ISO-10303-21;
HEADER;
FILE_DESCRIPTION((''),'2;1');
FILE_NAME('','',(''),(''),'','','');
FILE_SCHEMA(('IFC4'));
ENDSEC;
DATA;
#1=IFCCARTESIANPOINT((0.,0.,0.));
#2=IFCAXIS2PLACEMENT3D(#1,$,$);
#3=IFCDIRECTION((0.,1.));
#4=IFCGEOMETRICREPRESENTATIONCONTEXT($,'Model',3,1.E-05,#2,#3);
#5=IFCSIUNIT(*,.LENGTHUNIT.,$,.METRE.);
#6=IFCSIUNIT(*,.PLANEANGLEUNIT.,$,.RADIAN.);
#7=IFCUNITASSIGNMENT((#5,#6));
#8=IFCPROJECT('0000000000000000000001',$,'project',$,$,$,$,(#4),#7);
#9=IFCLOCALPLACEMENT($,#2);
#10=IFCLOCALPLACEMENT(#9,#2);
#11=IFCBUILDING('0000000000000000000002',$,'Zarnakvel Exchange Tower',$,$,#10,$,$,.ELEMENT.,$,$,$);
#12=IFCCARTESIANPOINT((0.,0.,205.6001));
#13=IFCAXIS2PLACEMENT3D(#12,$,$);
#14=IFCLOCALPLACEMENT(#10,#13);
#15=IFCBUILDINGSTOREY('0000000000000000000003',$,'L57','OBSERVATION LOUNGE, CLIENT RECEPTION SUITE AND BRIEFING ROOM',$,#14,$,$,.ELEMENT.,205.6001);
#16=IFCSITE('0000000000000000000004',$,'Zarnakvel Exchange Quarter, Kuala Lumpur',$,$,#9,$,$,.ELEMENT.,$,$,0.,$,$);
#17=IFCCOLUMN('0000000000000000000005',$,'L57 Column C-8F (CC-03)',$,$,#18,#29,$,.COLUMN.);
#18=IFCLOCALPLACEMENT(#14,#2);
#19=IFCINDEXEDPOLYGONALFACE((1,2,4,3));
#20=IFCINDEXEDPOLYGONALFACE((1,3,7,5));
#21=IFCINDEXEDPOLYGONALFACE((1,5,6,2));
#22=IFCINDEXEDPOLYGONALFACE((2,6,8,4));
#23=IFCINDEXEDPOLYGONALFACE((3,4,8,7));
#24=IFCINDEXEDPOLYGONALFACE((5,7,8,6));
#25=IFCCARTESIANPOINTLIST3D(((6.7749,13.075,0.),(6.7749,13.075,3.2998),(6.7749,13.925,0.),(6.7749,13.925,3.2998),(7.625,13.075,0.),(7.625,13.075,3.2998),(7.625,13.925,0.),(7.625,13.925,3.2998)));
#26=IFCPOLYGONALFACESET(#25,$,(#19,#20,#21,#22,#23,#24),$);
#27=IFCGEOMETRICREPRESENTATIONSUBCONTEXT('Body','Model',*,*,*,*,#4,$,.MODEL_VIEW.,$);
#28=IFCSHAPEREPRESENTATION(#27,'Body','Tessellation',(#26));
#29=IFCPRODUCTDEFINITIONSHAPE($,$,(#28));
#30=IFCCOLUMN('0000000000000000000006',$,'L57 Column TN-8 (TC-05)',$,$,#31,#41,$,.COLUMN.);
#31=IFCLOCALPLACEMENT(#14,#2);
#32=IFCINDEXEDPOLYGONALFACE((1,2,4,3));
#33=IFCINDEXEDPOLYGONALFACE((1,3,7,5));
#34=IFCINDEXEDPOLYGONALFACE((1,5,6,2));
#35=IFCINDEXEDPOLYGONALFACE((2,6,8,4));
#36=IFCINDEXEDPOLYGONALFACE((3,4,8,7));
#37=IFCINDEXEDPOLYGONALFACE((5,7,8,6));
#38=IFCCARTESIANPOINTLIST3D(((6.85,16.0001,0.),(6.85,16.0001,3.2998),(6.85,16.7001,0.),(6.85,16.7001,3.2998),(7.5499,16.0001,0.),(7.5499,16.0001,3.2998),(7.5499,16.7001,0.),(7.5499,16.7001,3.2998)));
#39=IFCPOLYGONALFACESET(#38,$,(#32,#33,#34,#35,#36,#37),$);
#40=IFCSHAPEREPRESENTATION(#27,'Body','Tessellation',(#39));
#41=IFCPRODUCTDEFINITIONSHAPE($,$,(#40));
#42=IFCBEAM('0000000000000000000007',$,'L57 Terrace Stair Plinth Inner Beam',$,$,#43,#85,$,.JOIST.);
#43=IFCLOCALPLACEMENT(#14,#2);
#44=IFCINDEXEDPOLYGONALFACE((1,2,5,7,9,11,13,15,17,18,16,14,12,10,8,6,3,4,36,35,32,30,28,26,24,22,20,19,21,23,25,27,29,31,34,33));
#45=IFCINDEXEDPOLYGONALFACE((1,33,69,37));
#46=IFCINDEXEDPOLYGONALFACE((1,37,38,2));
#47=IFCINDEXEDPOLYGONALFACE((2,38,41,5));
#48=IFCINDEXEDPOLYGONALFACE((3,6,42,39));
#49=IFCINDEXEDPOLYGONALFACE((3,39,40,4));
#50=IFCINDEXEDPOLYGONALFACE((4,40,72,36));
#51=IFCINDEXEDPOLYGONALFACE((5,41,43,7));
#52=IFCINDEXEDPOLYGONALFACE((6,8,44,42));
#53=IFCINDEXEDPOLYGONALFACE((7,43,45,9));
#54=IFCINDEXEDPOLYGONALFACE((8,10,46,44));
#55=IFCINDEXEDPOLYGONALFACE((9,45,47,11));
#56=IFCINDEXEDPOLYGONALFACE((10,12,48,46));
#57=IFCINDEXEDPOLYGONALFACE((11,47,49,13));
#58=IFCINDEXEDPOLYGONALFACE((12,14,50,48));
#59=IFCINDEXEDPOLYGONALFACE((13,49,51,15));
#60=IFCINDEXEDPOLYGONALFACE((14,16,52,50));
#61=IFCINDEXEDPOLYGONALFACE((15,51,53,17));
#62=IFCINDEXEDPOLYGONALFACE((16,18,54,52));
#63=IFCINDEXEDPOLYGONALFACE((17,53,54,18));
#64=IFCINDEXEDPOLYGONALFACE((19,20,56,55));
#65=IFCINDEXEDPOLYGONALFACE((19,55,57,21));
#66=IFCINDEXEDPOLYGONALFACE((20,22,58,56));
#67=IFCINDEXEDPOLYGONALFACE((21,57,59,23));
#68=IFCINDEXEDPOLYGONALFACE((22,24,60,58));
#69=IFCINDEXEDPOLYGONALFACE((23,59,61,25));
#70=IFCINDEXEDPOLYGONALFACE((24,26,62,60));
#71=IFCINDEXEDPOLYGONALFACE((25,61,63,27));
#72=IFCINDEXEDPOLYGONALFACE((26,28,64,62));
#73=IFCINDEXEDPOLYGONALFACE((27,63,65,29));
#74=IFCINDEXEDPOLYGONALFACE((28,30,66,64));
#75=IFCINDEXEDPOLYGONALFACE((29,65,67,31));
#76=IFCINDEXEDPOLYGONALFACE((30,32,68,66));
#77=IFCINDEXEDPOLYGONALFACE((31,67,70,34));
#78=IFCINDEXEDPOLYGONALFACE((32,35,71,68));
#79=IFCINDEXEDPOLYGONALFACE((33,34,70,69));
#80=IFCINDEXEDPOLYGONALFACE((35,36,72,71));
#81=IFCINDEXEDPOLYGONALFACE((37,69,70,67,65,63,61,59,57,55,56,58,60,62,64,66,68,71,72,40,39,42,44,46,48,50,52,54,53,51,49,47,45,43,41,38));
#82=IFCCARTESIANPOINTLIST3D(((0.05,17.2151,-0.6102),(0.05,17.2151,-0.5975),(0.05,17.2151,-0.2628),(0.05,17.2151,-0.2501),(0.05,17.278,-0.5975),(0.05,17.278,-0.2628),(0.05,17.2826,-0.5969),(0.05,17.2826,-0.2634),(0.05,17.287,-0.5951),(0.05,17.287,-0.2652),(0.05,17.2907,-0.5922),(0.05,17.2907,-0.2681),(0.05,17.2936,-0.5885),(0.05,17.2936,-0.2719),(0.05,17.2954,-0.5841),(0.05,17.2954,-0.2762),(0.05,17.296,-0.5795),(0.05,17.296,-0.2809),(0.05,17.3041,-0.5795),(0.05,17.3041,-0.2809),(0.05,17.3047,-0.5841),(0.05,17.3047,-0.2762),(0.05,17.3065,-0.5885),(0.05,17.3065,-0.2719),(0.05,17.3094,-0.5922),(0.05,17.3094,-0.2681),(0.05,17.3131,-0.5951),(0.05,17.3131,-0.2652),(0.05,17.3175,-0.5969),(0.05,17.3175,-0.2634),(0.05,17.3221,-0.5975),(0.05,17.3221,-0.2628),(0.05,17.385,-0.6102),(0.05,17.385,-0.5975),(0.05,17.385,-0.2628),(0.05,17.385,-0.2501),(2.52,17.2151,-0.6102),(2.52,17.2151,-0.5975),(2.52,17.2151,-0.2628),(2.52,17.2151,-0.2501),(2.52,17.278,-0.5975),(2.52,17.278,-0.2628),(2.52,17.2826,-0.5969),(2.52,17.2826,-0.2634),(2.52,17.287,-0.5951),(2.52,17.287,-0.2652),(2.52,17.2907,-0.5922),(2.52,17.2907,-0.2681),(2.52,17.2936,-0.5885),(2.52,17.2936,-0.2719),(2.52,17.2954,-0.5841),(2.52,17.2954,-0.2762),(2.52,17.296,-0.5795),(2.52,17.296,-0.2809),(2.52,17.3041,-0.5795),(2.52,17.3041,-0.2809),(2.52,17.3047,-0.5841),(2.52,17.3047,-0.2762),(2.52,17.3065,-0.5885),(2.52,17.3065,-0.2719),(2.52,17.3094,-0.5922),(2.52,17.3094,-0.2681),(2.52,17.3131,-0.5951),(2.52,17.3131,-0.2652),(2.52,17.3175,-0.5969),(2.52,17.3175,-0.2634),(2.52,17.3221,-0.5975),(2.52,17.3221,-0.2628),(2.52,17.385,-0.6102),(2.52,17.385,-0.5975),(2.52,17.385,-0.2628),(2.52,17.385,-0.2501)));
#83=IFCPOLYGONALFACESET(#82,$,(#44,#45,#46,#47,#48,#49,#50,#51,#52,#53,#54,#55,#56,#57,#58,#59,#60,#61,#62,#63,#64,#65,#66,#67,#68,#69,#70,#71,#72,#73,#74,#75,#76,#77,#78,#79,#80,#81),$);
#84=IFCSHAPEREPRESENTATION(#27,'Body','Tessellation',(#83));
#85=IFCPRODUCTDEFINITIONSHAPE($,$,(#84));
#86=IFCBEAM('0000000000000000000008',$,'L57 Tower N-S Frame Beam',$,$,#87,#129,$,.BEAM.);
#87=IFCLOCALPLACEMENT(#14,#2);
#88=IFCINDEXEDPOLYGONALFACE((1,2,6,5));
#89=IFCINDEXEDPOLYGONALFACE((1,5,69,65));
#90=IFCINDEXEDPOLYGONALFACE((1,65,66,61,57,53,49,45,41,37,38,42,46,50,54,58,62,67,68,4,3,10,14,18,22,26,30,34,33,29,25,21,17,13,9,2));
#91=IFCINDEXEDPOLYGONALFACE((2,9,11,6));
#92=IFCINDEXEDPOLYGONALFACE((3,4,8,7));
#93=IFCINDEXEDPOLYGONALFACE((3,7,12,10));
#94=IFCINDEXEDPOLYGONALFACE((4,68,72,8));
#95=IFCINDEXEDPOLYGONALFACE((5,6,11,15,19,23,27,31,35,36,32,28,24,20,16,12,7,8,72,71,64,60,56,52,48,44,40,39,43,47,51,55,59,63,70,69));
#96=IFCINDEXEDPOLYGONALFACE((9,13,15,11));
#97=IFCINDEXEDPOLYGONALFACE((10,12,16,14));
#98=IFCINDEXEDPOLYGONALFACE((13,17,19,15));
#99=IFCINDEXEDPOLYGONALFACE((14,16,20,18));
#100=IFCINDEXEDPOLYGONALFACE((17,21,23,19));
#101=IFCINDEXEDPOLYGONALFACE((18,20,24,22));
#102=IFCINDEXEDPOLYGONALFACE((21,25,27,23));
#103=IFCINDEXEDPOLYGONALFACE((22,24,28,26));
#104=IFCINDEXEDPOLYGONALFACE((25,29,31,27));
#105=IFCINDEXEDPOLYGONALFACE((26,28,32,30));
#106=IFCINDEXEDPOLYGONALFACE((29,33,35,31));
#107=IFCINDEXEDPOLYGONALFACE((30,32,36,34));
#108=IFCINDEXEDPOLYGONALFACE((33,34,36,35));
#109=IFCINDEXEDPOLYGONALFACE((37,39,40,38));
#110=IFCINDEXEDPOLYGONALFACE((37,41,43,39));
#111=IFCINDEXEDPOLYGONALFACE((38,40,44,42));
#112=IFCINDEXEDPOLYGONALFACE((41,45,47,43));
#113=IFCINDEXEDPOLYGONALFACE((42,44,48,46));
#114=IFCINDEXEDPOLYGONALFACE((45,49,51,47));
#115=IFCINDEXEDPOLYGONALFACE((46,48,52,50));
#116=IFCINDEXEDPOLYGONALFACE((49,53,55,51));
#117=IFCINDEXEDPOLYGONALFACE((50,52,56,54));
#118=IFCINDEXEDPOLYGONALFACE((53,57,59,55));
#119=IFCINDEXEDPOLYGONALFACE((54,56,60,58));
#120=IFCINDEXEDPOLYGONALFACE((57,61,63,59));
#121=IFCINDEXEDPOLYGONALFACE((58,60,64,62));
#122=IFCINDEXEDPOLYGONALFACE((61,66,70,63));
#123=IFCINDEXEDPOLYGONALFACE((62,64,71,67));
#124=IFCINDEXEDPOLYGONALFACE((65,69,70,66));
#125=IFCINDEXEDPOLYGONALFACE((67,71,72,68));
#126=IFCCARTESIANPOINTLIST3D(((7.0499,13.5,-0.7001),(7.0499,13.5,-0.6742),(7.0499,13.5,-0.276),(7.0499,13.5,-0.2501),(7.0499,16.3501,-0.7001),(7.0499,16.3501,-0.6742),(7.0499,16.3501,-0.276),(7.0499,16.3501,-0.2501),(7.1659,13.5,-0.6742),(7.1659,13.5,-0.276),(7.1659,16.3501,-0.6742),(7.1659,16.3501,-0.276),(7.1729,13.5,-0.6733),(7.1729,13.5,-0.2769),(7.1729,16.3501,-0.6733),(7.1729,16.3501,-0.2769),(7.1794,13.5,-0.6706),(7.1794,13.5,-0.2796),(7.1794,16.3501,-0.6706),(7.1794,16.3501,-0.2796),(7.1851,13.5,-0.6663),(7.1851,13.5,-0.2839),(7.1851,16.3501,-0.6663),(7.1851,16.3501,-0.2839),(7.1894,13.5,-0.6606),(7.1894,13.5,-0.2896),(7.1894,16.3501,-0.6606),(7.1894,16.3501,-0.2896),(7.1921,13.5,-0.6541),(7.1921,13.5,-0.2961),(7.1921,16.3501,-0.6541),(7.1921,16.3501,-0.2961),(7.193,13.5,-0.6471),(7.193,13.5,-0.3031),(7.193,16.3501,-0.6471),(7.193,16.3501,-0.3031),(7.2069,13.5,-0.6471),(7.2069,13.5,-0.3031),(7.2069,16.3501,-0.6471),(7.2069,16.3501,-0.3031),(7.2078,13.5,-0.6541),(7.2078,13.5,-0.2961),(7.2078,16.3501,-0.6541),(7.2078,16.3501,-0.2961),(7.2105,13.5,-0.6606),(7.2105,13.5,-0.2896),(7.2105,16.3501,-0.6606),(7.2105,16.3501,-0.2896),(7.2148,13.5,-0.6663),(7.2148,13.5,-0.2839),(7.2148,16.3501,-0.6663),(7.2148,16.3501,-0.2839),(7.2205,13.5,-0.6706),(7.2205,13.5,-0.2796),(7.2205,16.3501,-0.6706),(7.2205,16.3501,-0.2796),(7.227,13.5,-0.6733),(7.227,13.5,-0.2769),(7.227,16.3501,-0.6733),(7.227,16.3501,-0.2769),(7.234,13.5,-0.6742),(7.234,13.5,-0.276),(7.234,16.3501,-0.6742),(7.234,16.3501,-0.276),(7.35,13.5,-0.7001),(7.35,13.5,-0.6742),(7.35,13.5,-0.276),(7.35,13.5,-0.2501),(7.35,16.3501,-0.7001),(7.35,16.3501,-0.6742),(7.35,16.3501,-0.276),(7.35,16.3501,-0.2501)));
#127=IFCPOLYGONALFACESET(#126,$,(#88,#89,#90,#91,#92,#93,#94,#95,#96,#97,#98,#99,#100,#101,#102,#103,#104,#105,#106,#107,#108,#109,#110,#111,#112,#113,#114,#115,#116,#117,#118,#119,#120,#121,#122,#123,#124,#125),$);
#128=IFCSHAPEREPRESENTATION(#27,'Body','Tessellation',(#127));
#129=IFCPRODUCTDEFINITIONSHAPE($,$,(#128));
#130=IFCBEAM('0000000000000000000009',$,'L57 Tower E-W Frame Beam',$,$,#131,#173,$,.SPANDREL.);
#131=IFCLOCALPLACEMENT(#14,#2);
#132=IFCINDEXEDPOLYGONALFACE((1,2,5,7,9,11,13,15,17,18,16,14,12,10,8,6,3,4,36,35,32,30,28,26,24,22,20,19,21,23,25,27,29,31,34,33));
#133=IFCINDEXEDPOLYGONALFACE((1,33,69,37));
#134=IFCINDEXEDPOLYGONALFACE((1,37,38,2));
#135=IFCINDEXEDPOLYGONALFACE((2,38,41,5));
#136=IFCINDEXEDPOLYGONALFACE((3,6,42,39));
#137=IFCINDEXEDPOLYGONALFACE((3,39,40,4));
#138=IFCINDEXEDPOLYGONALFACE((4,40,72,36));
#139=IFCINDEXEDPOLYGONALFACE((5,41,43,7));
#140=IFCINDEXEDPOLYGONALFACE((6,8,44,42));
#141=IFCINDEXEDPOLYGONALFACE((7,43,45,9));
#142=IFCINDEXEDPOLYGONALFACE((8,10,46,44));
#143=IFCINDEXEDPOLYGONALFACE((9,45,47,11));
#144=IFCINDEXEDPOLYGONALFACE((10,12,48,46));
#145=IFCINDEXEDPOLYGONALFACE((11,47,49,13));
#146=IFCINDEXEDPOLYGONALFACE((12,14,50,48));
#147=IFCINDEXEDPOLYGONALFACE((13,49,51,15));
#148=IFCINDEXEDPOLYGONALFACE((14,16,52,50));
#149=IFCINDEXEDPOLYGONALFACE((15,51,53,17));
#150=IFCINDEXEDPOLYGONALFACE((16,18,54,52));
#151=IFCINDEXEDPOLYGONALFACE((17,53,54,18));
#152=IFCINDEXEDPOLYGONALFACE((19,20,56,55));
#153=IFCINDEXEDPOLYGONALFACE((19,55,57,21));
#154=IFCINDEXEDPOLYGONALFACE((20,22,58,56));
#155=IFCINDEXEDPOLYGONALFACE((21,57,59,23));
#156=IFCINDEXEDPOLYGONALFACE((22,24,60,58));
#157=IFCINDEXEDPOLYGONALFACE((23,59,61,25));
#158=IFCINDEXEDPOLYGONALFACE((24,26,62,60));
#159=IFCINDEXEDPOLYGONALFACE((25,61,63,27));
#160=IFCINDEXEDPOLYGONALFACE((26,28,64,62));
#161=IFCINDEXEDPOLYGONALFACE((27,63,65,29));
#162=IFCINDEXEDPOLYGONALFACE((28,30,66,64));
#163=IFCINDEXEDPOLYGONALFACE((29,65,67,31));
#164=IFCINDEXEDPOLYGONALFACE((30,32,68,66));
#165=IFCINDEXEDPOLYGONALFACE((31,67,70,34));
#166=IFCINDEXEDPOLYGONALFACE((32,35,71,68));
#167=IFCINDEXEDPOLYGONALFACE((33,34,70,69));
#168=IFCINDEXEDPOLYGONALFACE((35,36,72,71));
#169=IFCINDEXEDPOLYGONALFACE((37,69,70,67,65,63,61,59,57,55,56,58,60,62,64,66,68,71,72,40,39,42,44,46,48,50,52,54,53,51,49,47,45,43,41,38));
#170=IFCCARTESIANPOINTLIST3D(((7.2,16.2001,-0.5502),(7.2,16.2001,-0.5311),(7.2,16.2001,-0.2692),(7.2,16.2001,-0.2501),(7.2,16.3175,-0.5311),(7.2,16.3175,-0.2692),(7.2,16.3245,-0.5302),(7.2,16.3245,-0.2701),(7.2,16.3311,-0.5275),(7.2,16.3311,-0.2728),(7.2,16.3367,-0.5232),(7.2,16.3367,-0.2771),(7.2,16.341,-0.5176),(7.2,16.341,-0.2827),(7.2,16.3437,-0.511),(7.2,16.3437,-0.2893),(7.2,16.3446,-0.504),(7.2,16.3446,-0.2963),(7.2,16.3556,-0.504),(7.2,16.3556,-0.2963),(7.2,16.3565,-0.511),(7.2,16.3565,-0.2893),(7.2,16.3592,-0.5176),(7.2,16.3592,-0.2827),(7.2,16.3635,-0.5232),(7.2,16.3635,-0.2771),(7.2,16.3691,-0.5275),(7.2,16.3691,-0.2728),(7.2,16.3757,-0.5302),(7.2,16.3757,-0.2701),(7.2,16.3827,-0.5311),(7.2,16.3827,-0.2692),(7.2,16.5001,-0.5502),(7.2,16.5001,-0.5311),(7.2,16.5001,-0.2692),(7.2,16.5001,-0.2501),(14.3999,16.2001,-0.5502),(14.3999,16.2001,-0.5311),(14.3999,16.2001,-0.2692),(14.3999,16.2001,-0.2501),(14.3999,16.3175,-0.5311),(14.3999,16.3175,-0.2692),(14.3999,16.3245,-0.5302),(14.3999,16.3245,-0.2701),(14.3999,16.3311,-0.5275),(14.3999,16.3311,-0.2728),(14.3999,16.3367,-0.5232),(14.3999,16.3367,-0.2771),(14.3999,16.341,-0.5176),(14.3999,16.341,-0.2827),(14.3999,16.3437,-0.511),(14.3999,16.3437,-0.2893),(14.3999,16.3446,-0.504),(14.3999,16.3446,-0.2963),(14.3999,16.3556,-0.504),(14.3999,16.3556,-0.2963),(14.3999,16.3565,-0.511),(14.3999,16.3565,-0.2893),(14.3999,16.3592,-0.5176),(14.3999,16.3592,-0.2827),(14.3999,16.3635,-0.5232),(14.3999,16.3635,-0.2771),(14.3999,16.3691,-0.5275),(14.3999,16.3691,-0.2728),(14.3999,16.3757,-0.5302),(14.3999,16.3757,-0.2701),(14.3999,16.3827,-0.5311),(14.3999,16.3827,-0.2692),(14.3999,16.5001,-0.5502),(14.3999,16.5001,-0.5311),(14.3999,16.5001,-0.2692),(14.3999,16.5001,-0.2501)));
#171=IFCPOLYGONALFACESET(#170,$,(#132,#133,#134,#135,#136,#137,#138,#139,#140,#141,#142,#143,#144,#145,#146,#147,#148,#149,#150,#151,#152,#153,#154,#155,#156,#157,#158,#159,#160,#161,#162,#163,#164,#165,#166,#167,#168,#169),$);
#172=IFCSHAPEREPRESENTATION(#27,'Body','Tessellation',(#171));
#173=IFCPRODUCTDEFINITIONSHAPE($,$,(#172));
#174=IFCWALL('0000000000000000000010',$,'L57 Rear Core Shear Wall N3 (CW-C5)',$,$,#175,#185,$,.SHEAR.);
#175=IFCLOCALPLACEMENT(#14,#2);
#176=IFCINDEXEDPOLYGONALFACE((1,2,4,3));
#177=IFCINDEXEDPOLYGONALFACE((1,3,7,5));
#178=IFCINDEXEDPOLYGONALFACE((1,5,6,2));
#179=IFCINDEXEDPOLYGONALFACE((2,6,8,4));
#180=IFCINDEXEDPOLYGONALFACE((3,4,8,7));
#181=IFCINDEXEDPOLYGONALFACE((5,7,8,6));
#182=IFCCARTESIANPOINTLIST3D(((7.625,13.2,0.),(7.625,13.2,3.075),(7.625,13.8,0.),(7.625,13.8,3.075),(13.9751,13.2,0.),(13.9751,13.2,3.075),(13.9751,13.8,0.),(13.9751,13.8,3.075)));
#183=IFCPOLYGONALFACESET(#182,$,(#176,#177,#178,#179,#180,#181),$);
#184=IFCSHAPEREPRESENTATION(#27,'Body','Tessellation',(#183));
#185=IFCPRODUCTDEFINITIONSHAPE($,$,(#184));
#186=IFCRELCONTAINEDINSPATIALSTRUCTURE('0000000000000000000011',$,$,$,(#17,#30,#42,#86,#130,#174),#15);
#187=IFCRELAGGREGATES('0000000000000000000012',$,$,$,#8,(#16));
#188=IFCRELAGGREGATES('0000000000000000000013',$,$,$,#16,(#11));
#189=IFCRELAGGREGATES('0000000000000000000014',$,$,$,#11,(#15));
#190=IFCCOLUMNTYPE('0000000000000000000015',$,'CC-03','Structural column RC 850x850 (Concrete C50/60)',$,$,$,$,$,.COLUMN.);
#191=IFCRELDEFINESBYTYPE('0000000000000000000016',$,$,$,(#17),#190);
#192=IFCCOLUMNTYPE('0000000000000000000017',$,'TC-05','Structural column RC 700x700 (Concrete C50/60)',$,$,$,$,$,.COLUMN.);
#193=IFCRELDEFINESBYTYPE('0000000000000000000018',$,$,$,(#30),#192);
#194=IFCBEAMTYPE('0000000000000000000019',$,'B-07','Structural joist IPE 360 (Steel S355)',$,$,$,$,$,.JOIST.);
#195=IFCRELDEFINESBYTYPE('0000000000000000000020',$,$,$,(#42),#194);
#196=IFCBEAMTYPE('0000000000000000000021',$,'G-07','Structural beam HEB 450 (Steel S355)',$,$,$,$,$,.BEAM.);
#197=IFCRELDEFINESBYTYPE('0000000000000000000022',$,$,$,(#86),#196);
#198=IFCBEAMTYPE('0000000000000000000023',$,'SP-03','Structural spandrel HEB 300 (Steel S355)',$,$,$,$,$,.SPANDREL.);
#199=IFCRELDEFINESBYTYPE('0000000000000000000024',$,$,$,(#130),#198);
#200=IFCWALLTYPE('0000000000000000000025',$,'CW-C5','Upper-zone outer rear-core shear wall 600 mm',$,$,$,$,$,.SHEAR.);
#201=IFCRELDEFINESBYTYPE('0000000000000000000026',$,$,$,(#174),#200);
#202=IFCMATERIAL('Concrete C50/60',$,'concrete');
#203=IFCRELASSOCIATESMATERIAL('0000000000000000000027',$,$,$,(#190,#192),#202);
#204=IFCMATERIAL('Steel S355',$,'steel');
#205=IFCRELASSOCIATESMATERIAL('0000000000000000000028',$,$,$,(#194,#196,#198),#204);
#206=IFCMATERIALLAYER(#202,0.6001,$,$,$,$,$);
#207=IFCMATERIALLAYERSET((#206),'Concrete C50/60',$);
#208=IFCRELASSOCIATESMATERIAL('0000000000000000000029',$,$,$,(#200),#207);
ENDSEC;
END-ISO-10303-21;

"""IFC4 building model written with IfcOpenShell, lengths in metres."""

from ifc_helpers import new_model, si_unit, direction, frame, frame_2d, origin, origin_2d, place, context, subcontext, project, spatial, rectangle, i_section, extrude, material, layer, layer_set, material_profile, profile_set, type_object, element, save


model = new_model("IFC4")

# Units and contexts
model_context = context("Model", 3, precision=1e-05, world=origin(), true_north=direction((0.0, 1.0)))
body_context = subcontext(model_context, "Body", "Model", "MODEL_VIEW")
ifc_project = project(units=[si_unit("LENGTHUNIT", "METRE"), si_unit("PLANEANGLEUNIT", "RADIAN")], contexts=[model_context])

# Site, building, storey
site_placement = place(None, origin())
site = spatial("IfcSite", under=ifc_project, at=site_placement, Name="Zarnakvel Exchange Quarter, Kuala Lumpur", CompositionType="ELEMENT", RefElevation=0.0)
building_placement = place(site_placement, origin())
building = spatial("IfcBuilding", under=site, at=building_placement, Name="Zarnakvel Exchange Tower", CompositionType="ELEMENT")
storey_placement = place(building_placement, frame((0.0, 0.0, 205.6001)))
storey = spatial("IfcBuildingStorey", under=building, at=storey_placement, Name="L57", Description="OBSERVATION LOUNGE, CLIENT RECEPTION SUITE AND BRIEFING ROOM", CompositionType="ELEMENT", Elevation=205.6001)

# Columns
ifc_material_1 = material(Name="Concrete C50/60", Category="concrete")
ifc_material_profile_1 = material_profile(ifc_material_1, rectangle(XDim=0.8501, YDim=0.8501, at=origin_2d()))
ifc_profile_set_1 = profile_set([ifc_material_profile_1], Name="Concrete C50/60")
column_type_1 = type_object("IfcColumnType", Name="CC-03", Description="Structural column RC 850x850 (Concrete C50/60)", PredefinedType="COLUMN", material=ifc_profile_set_1)
column_1_placement = place(storey_placement, frame((7.2, 13.5, 0.0), z_axis=(0.0, 0.0, 1.0), x_axis=(1.0, 0.0, 0.0)))
element("IfcColumn", 1, at=column_1_placement, inside=storey, type_object=column_type_1, Name="L57 Column C-8F (CC-03)", PredefinedType="COLUMN", context=body_context, shape_type="SweptSolid", body=[
    extrude(rectangle(XDim=0.8501, YDim=0.8501, at=origin_2d()), origin(), (0.0, 0.0, 1.0), 3.2998),
])
ifc_material_profile_2 = material_profile(ifc_material_1, rectangle(XDim=0.7, YDim=0.7, at=origin_2d()))
ifc_profile_set_2 = profile_set([ifc_material_profile_2], Name="Concrete C50/60")
column_type_2 = type_object("IfcColumnType", Name="TC-05", Description="Structural column RC 700x700 (Concrete C50/60)", PredefinedType="COLUMN", material=ifc_profile_set_2)
column_2_placement = place(storey_placement, frame((7.2, 16.3501, 0.0), z_axis=(0.0, 0.0, 1.0), x_axis=(1.0, 0.0, 0.0)))
element("IfcColumn", 2, at=column_2_placement, inside=storey, type_object=column_type_2, Name="L57 Column TN-8 (TC-05)", PredefinedType="COLUMN", context=body_context, shape_type="SweptSolid", body=[
    extrude(rectangle(XDim=0.7, YDim=0.7, at=origin_2d()), origin(), (0.0, 0.0, 1.0), 3.2998),
])

# Beams
ifc_material_2 = material(Name="Steel S355", Category="steel")
ifc_material_profile_3 = material_profile(ifc_material_2, i_section(OverallWidth=0.1699, OverallDepth=0.3601, WebThickness=0.0081, FlangeThickness=0.0127, FilletRadius=0.0181, at=origin_2d()))
ifc_profile_set_3 = profile_set([ifc_material_profile_3], Name="Steel S355")
beam_type_1 = type_object("IfcBeamType", Name="B-07", Description="Structural joist IPE 360 (Steel S355)", PredefinedType="JOIST", material=ifc_profile_set_3)
beam_1_placement = place(storey_placement, frame((0.05, 17.3, -0.4302), z_axis=(1.0, 0.0, 0.0), x_axis=(0.0, 1.0, 0.0)))
element("IfcBeam", 3, at=beam_1_placement, inside=storey, type_object=beam_type_1, Name="L57 Terrace Stair Plinth Inner Beam", PredefinedType="JOIST", context=body_context, shape_type="SweptSolid", body=[
    extrude(i_section(OverallWidth=0.1699, OverallDepth=0.3601, WebThickness=0.0081, FlangeThickness=0.0127, FilletRadius=0.0181, at=origin_2d()), origin(), (0.0, 0.0, 1.0), 2.47),
])
ifc_material_profile_4 = material_profile(ifc_material_2, i_section(OverallWidth=0.3, OverallDepth=0.45, WebThickness=0.0139, FlangeThickness=0.0259, FilletRadius=0.0271, at=origin_2d()))
ifc_profile_set_4 = profile_set([ifc_material_profile_4], Name="Steel S355")
beam_type_2 = type_object("IfcBeamType", Name="G-07", Description="Structural beam HEB 450 (Steel S355)", PredefinedType="BEAM", material=ifc_profile_set_4)
beam_2_placement = place(storey_placement, frame((7.2, 13.5, -0.4751), z_axis=(0.0, 1.0, 0.0), x_axis=(-1.0, 0.0, 0.0)))
element("IfcBeam", 4, at=beam_2_placement, inside=storey, type_object=beam_type_2, Name="L57 Tower N-S Frame Beam", PredefinedType="BEAM", context=body_context, shape_type="SweptSolid", body=[
    extrude(i_section(OverallWidth=0.3, OverallDepth=0.45, WebThickness=0.0139, FlangeThickness=0.0259, FilletRadius=0.0271, at=origin_2d()), origin(), (0.0, 0.0, 1.0), 2.8501),
])
ifc_material_profile_5 = material_profile(ifc_material_2, i_section(OverallWidth=0.3, OverallDepth=0.3, WebThickness=0.011, FlangeThickness=0.019, FilletRadius=0.0271, at=origin_2d()))
ifc_profile_set_5 = profile_set([ifc_material_profile_5], Name="Steel S355")
beam_type_3 = type_object("IfcBeamType", Name="SP-03", Description="Structural spandrel HEB 300 (Steel S355)", PredefinedType="SPANDREL", material=ifc_profile_set_5)
beam_3_placement = place(storey_placement, frame((7.2, 16.3501, -0.4001), z_axis=(1.0, 0.0, 0.0), x_axis=(0.0, 1.0, 0.0)))
element("IfcBeam", 5, at=beam_3_placement, inside=storey, type_object=beam_type_3, Name="L57 Tower E-W Frame Beam", PredefinedType="SPANDREL", context=body_context, shape_type="SweptSolid", body=[
    extrude(i_section(OverallWidth=0.3, OverallDepth=0.3, WebThickness=0.011, FlangeThickness=0.019, FilletRadius=0.0271, at=origin_2d()), origin(), (0.0, 0.0, 1.0), 7.2),
])

# Wall
ifc_layer_1 = layer(ifc_material_1, 0.6001)
ifc_layer_set_1 = layer_set([ifc_layer_1], Name="Concrete C50/60")
wall_type_1 = type_object("IfcWallType", Name="CW-C5", Description="Upper-zone outer rear-core shear wall 600 mm", PredefinedType="SHEAR", material=ifc_layer_set_1)
wall_1_placement = place(storey_placement, frame((7.625, 13.5, 0.0), z_axis=(0.0, 0.0, 1.0), x_axis=(1.0, 0.0, 0.0)))
element("IfcWall", 6, at=wall_1_placement, inside=storey, type_object=wall_type_1, Name="L57 Rear Core Shear Wall N3 (CW-C5)", PredefinedType="SHEAR", context=body_context, shape_type="SweptSolid", body=[
    extrude(rectangle(XDim=6.3501, YDim=0.6001, at=frame_2d((3.175, 0.0))), origin(), (0.0, 0.0, 1.0), 3.075),
])

save(model, "model.ifc")
